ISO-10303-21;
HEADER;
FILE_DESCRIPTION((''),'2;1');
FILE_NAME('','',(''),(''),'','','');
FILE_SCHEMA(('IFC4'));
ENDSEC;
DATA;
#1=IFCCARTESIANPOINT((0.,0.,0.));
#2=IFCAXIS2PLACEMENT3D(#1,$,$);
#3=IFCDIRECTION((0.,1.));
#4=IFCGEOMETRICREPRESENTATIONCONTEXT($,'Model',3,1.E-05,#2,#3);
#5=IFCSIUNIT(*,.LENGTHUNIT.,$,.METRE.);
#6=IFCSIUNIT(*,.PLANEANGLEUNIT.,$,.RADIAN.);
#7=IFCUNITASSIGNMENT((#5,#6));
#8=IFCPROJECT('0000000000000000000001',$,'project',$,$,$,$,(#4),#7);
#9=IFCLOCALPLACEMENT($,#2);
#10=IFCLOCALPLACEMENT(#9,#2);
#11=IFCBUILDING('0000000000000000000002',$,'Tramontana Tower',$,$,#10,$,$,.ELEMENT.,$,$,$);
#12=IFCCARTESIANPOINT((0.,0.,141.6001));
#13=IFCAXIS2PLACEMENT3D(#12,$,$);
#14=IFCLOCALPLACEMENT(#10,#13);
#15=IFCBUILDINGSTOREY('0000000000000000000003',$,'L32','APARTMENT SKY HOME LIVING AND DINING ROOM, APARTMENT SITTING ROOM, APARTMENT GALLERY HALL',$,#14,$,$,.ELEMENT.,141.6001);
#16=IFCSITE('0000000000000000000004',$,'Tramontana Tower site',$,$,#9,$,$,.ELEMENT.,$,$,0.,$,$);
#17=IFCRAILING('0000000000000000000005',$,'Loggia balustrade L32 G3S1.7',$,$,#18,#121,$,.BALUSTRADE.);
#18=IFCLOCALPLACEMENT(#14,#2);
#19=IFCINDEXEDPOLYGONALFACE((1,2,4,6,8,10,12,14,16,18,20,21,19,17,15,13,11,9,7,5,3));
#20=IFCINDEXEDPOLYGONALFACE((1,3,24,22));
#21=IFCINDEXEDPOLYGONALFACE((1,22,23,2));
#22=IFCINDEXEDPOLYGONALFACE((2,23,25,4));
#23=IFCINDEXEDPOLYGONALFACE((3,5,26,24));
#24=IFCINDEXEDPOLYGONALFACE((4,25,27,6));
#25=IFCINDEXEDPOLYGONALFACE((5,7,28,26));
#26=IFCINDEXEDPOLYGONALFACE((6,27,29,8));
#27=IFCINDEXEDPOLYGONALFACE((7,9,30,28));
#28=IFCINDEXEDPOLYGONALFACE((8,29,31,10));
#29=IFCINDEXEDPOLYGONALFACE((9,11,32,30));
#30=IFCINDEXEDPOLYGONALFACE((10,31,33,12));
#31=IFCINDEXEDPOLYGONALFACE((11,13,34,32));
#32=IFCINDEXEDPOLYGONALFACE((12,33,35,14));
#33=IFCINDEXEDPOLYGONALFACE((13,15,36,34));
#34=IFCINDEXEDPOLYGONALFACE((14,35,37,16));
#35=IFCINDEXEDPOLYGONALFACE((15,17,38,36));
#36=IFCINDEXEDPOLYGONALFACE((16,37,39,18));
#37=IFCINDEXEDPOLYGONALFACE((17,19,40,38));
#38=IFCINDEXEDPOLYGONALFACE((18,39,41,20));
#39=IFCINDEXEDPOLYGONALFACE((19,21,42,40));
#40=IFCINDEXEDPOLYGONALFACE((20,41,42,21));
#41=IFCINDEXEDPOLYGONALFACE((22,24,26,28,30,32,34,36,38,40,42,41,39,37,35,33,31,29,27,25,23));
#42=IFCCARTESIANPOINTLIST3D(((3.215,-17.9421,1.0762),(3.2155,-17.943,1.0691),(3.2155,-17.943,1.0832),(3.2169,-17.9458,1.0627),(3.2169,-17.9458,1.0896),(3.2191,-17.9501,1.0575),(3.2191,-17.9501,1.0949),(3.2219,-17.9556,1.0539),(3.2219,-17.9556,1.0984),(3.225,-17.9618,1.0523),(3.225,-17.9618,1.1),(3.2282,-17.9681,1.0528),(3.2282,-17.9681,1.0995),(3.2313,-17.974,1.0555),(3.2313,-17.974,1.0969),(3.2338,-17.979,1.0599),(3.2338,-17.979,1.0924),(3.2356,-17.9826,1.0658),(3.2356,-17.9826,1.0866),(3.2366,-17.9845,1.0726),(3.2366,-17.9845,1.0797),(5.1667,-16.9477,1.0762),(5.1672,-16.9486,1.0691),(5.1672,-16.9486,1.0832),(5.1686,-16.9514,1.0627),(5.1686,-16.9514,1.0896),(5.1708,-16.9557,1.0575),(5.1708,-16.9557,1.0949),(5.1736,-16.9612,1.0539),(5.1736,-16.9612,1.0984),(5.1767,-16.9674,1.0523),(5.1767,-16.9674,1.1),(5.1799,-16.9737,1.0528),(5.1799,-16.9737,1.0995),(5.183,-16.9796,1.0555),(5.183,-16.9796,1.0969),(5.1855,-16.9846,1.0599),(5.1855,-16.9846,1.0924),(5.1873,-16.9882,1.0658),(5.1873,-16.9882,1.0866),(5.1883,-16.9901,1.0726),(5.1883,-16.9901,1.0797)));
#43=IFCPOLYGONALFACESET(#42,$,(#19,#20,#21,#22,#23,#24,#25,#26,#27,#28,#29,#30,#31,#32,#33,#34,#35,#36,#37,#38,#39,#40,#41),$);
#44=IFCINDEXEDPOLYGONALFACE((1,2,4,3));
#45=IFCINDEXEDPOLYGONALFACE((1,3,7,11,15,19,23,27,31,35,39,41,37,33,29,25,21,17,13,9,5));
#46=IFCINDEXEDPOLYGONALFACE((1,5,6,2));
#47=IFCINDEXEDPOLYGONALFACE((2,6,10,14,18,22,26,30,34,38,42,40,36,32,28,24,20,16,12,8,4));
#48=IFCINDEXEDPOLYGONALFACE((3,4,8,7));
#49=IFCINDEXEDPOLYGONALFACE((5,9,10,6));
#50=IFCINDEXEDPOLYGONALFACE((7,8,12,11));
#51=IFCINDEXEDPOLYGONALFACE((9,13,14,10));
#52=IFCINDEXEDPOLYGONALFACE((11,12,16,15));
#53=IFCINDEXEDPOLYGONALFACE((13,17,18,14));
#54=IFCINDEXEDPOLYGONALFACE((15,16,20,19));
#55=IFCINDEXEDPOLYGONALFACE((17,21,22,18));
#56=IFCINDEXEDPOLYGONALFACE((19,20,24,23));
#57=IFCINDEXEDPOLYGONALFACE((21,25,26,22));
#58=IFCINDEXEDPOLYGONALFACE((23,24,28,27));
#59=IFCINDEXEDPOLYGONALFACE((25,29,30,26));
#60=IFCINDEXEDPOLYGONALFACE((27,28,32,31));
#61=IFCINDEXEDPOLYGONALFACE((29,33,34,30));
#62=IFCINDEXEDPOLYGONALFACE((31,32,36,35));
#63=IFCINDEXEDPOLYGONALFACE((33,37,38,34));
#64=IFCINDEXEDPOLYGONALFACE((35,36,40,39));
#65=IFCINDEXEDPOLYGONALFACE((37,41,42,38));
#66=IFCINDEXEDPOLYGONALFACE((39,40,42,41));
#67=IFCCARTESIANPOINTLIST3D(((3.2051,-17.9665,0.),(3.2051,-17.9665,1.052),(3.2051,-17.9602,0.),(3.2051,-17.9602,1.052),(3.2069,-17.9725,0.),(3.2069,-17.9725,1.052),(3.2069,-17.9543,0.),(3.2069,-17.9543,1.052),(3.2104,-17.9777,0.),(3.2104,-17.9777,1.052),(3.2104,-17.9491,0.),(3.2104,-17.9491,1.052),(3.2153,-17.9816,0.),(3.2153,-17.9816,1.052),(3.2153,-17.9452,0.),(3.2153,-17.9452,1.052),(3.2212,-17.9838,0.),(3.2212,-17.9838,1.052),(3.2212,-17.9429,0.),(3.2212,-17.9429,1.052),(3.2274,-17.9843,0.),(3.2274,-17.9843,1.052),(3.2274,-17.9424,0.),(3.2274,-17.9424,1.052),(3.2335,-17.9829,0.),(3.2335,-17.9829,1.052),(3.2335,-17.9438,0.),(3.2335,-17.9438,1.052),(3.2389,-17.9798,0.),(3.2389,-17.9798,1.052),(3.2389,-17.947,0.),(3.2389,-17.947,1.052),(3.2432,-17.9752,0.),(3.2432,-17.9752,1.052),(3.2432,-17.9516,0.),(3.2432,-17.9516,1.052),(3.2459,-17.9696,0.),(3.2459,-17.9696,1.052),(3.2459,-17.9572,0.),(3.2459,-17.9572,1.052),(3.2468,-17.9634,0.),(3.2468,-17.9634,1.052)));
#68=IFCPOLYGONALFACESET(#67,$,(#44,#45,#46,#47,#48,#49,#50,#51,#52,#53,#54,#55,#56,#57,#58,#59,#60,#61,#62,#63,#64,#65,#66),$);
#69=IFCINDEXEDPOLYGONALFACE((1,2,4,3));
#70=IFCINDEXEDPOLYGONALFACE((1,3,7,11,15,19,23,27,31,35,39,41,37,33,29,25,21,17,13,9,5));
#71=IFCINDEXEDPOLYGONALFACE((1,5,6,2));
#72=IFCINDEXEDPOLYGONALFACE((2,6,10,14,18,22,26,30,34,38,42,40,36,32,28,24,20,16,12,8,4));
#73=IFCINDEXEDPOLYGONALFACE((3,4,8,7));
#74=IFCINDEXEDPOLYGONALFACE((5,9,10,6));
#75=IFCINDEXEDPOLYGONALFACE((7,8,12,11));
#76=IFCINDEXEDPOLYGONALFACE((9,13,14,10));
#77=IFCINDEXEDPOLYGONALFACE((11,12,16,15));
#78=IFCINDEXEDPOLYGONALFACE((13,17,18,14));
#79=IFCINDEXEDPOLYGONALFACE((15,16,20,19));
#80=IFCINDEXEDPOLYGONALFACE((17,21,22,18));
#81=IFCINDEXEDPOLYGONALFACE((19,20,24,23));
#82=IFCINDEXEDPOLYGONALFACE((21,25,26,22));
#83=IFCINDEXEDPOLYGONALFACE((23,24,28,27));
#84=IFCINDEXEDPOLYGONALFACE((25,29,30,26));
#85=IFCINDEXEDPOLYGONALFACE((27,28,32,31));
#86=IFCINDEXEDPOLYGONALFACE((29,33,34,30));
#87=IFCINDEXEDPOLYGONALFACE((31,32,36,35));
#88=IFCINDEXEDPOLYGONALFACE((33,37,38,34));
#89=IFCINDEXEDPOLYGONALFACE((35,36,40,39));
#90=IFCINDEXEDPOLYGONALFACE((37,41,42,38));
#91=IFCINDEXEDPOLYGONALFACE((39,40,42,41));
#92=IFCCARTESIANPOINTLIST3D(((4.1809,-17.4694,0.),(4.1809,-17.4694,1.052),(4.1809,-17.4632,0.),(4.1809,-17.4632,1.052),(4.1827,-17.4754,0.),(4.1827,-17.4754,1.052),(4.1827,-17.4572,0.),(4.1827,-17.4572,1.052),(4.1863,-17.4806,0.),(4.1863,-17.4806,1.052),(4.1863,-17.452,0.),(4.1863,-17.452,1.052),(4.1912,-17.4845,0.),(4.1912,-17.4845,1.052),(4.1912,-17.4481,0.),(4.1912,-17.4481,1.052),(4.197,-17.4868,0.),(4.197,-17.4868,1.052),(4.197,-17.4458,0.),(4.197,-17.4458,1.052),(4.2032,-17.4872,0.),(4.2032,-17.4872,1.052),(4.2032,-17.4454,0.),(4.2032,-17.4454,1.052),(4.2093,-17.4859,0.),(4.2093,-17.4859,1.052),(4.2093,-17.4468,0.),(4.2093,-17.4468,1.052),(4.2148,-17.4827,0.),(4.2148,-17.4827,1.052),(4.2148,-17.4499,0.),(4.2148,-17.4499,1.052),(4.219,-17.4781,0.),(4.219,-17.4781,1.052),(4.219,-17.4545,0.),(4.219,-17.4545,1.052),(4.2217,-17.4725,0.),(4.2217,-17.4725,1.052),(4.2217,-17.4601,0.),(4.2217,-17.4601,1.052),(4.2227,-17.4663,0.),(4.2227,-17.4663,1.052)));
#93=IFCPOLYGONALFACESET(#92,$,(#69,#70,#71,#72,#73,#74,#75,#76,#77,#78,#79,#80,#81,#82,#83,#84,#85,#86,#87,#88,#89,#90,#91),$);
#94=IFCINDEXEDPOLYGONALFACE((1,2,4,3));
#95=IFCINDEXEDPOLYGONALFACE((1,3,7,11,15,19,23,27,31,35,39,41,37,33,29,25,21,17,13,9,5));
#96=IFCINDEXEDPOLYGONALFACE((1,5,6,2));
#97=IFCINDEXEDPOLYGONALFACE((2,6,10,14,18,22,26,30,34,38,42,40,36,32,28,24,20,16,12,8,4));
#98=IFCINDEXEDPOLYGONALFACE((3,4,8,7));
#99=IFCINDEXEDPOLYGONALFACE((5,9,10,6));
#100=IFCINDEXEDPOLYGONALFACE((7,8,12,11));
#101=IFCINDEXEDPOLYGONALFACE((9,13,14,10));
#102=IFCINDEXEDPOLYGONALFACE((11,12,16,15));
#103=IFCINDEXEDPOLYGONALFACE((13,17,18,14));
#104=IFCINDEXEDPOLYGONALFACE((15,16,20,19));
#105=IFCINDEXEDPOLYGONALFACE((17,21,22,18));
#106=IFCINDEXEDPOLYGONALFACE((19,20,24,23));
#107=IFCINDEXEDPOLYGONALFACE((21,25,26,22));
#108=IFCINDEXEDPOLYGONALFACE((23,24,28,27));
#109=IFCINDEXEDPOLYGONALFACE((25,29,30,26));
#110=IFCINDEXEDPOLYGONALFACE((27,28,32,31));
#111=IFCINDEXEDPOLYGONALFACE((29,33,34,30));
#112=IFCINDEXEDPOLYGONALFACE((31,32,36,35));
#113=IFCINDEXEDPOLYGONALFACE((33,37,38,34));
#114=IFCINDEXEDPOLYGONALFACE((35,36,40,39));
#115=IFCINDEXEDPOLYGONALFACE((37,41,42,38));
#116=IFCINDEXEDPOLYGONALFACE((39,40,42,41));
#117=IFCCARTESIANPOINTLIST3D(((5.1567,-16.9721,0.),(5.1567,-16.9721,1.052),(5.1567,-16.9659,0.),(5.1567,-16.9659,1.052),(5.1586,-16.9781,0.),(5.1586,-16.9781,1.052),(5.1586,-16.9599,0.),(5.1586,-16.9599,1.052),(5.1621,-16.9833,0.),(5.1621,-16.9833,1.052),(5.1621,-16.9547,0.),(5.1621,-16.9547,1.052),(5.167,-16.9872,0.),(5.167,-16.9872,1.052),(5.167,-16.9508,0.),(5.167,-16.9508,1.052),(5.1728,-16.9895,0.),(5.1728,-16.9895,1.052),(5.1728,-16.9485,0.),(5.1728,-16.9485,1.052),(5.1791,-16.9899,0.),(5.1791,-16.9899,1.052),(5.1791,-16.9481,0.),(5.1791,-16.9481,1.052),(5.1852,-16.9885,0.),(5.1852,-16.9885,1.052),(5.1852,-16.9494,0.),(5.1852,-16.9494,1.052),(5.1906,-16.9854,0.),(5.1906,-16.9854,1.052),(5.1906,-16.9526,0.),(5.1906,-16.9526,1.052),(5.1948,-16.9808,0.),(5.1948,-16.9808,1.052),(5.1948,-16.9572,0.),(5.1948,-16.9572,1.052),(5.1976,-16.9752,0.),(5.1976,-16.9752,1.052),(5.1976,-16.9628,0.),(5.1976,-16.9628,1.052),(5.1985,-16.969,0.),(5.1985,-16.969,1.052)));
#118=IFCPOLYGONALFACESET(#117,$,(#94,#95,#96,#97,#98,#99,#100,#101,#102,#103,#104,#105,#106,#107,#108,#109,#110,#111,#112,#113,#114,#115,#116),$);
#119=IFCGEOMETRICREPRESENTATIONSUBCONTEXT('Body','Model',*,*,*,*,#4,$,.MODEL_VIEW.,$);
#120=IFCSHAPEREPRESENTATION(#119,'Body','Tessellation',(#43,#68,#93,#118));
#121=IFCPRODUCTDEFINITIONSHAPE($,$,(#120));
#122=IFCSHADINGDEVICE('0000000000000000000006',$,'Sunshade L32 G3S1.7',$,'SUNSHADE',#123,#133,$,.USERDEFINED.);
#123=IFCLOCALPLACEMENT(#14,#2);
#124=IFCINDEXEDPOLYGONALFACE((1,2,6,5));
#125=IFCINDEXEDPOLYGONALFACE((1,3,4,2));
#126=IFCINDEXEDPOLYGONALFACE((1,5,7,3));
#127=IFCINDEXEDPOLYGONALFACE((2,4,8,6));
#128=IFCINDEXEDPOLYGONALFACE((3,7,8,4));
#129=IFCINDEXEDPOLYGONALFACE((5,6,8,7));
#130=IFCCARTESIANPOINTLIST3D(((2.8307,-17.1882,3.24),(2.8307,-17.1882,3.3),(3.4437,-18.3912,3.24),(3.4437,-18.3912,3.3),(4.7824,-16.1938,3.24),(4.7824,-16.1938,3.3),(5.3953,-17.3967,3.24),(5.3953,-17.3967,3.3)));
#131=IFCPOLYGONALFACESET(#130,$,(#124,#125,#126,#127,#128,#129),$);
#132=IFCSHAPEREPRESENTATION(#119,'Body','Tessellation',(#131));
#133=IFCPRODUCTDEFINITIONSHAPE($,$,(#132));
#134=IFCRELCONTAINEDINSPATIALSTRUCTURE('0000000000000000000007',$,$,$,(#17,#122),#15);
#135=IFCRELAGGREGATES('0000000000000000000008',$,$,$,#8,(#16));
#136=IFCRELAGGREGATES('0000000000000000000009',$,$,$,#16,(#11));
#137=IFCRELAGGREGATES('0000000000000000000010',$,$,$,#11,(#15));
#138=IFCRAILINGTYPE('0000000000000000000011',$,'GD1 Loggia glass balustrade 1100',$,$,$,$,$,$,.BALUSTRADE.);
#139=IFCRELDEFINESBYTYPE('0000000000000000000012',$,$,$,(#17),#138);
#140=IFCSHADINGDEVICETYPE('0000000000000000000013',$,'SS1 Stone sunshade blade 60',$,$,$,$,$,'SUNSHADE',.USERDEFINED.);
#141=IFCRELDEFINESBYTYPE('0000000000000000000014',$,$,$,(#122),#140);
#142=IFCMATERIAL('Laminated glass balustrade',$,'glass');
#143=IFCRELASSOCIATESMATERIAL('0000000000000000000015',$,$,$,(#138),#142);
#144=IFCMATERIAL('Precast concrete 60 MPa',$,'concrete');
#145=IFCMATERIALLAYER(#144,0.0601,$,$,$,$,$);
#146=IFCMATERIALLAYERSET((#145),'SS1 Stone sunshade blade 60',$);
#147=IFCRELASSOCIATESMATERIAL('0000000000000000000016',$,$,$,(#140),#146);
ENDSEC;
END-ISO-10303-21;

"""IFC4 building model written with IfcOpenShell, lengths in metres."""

from ifc_helpers import new_model, si_unit, direction, frame, origin, origin_2d, place, context, subcontext, project, spatial, rectangle, circle, extrude, material, layer, layer_set, type_object, element, save


model = new_model("IFC4")

# Units and contexts
model_context = context("Model", 3, precision=1e-05, world=origin(), true_north=direction((0.0, 1.0)))
body_context = subcontext(model_context, "Body", "Model", "MODEL_VIEW")
ifc_project = project(units=[si_unit("LENGTHUNIT", "METRE"), si_unit("PLANEANGLEUNIT", "RADIAN")], contexts=[model_context])

# Site, building, storey
site_placement = place(None, origin())
site = spatial("IfcSite", under=ifc_project, at=site_placement, Name="Tramontana Tower site", CompositionType="ELEMENT", RefElevation=0.0)
building_placement = place(site_placement, origin())
building = spatial("IfcBuilding", under=site, at=building_placement, Name="Tramontana Tower", CompositionType="ELEMENT")
storey_placement = place(building_placement, frame((0.0, 0.0, 141.6001)))
storey = spatial("IfcBuildingStorey", under=building, at=storey_placement, Name="L32", Description="APARTMENT SKY HOME LIVING AND DINING ROOM, APARTMENT SITTING ROOM, APARTMENT GALLERY HALL", CompositionType="ELEMENT", Elevation=141.6001)

# Railing
ifc_material_1 = material(Name="Laminated glass balustrade", Category="glass")
railing_type = type_object("IfcRailingType", Name="GD1 Loggia glass balustrade 1100", PredefinedType="BALUSTRADE", material=ifc_material_1)
railing_placement = place(storey_placement, frame((3.2258, -17.9634, 0.0)))
element("IfcRailing", 1, at=railing_placement, inside=storey, type_object=railing_type, Name="Loggia balustrade L32 G3S1.7", PredefinedType="BALUSTRADE", context=body_context, shape_type="SweptSolid", body=[
    extrude(circle(Radius=0.0239, at=origin_2d()), frame((0.0, 0.0, 1.0762), z_axis=(0.891013, 0.453978, 0.0), x_axis=(-0.453978, 0.891013, 0.0)), (0.0, 0.0, 1.0), 2.1904),
    extrude(circle(Radius=0.021, at=origin_2d()), origin(), (0.0, 0.0, 1.0), 1.052),
    extrude(circle(Radius=0.021, at=origin_2d()), frame((0.9758, 0.4971, 0.0)), (0.0, 0.0, 1.0), 1.052),
    extrude(circle(Radius=0.021, at=origin_2d()), frame((1.9517, 0.9944, 0.0)), (0.0, 0.0, 1.0), 1.052),
])

# Shading device
ifc_material_2 = material(Name="Precast concrete 60 MPa", Category="concrete")
ifc_layer_1 = layer(ifc_material_2, 0.0601)
ifc_layer_set_1 = layer_set([ifc_layer_1], Name="SS1 Stone sunshade blade 60")
shading_device_type = type_object("IfcShadingDeviceType", Name="SS1 Stone sunshade blade 60", ElementType="SUNSHADE", PredefinedType="USERDEFINED", material=ifc_layer_set_1)
shading_device_placement = place(storey_placement, frame((4.113, -17.2925, 3.24), z_axis=(0.0, 0.0, 1.0), x_axis=(0.891007, 0.45399, 0.0)))
element("IfcShadingDevice", 2, at=shading_device_placement, inside=storey, type_object=shading_device_type, Name="Sunshade L32 G3S1.7", ObjectType="SUNSHADE", PredefinedType="USERDEFINED", context=body_context, shape_type="SweptSolid", body=[
    extrude(rectangle(XDim=2.1904, YDim=1.3501, at=origin_2d()), origin(), (0.0, 0.0, 1.0), 0.0601),
])

save(model, "model.ifc")
